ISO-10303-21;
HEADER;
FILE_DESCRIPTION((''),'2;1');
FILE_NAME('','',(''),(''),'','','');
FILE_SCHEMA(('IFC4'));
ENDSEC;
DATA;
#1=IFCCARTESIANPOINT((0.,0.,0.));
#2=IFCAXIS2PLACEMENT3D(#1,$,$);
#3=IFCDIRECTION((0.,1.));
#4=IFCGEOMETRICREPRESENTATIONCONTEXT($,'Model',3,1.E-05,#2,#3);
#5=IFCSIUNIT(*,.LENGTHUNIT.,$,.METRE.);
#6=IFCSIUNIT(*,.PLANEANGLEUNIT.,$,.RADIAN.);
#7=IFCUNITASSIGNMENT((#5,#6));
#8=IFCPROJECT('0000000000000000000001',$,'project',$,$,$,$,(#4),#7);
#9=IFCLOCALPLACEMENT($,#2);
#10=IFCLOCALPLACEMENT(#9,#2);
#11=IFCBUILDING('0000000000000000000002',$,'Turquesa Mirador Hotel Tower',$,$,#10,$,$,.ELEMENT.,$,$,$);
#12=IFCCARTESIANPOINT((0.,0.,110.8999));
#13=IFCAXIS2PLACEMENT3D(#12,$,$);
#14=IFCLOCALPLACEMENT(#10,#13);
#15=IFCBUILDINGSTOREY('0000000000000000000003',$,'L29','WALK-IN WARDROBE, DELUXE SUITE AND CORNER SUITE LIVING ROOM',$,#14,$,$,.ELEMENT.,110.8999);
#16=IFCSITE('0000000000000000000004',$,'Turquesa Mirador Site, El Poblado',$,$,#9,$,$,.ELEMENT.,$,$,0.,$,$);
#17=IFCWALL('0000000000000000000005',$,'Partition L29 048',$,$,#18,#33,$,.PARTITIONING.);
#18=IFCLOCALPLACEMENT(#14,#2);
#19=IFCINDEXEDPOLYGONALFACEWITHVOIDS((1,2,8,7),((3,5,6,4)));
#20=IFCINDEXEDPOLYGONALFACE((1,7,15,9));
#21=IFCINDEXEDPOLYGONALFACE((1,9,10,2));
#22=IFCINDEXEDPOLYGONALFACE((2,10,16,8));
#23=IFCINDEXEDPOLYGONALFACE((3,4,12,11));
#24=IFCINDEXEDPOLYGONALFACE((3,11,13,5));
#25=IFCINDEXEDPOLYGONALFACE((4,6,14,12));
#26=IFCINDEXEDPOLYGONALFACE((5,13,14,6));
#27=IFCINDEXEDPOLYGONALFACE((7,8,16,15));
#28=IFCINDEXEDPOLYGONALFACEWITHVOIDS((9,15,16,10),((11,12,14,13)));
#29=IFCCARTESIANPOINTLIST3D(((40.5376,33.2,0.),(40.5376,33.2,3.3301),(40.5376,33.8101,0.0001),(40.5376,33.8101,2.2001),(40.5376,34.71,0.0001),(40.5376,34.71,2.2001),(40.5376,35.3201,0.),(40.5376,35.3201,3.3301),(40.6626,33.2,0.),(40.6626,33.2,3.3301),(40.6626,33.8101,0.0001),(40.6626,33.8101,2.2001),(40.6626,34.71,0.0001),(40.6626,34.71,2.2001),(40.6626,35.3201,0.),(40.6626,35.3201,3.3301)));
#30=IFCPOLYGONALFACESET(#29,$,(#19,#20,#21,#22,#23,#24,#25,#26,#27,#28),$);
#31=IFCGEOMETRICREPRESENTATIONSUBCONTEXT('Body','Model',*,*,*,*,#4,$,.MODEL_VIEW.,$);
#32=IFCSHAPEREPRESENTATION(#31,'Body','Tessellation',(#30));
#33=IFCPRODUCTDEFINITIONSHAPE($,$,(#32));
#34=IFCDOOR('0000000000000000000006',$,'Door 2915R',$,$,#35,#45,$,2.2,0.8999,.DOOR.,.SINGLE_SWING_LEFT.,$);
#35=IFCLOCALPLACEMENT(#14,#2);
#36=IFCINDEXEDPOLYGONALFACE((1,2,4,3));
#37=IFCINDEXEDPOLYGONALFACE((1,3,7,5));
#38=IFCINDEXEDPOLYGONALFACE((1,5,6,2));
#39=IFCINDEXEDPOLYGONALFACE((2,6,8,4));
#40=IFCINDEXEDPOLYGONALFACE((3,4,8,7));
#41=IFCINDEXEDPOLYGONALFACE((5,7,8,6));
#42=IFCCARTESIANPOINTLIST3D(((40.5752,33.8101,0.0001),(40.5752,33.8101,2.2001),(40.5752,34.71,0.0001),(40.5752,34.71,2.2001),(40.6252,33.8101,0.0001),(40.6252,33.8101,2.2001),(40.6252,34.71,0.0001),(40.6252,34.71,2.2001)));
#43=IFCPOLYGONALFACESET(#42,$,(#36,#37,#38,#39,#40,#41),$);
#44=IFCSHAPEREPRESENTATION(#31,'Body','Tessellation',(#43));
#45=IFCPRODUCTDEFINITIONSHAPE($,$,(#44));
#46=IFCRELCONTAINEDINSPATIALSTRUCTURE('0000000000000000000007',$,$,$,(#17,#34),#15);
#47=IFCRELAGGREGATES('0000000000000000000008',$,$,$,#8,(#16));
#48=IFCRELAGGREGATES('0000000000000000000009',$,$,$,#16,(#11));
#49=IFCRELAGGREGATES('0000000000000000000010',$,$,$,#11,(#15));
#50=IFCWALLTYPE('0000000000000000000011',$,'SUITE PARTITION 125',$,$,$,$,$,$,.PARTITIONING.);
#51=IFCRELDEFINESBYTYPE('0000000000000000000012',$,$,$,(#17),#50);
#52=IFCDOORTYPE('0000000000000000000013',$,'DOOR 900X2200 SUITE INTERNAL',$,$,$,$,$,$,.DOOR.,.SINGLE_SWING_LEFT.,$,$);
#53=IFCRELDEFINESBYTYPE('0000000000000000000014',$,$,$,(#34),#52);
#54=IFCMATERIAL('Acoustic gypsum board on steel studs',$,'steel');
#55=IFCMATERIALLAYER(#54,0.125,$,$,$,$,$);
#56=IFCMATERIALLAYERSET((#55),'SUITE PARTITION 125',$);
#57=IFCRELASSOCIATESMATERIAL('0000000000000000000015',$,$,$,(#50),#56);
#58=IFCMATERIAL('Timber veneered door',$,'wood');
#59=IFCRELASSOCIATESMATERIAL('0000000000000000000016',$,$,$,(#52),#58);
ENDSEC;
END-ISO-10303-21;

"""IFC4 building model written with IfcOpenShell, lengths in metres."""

from ifc_helpers import new_model, si_unit, direction, frame, frame_2d, origin, place, context, subcontext, project, spatial, rectangle, extrude, material, layer, layer_set, type_object, element, fill, save


model = new_model("IFC4")

# Units and contexts
model_context = context("Model", 3, precision=1e-05, world=origin(), true_north=direction((0.0, 1.0)))
body_context = subcontext(model_context, "Body", "Model", "MODEL_VIEW")
ifc_project = project(units=[si_unit("LENGTHUNIT", "METRE"), si_unit("PLANEANGLEUNIT", "RADIAN")], contexts=[model_context])

# Site, building, storey
site_placement = place(None, origin())
site = spatial("IfcSite", under=ifc_project, at=site_placement, Name="Turquesa Mirador Site, El Poblado", CompositionType="ELEMENT", RefElevation=0.0)
building_placement = place(site_placement, origin())
building = spatial("IfcBuilding", under=site, at=building_placement, Name="Turquesa Mirador Hotel Tower", CompositionType="ELEMENT")
storey_placement = place(building_placement, frame((0.0, 0.0, 110.8999)))
storey = spatial("IfcBuildingStorey", under=building, at=storey_placement, Name="L29", Description="WALK-IN WARDROBE, DELUXE SUITE AND CORNER SUITE LIVING ROOM", CompositionType="ELEMENT", Elevation=110.8999)

# Wall, opening, door
ifc_material_1 = material(Name="Acoustic gypsum board on steel studs", Category="steel")
ifc_layer_1 = layer(ifc_material_1, 0.125)
ifc_layer_set_1 = layer_set([ifc_layer_1], Name="SUITE PARTITION 125")
wall_type_1 = type_object("IfcWallType", Name="SUITE PARTITION 125", PredefinedType="PARTITIONING", material=ifc_layer_set_1)
wall_1_placement = place(storey_placement, frame((40.6001, 33.2, 0.0), z_axis=(0.0, 0.0, 1.0), x_axis=(0.0, 1.0, 0.0)))
wall_1 = element("IfcWall", 1, at=wall_1_placement, inside=storey, type_object=wall_type_1, Name="Partition L29 048", PredefinedType="PARTITIONING", context=body_context, shape_type="SweptSolid", body=[
    extrude(rectangle(XDim=2.1201, YDim=0.125, at=frame_2d((1.0601, 0.0))), origin(), (0.0, 0.0, 1.0), 3.3301),
])
opening_1_placement = place(wall_1_placement, frame((0.6101, 0.0, 0.0)))
opening_1 = element("IfcOpeningElement", 2, at=opening_1_placement, cuts=wall_1, PredefinedType="OPENING", context=body_context, shape_type="SweptSolid", body=[
    extrude(rectangle(XDim=0.8999, YDim=2.2, at=frame_2d((0.45, 1.1001))), frame((0.0, 0.0725, 0.0), z_axis=(0.0, -1.0, 0.0), x_axis=(1.0, 0.0, 0.0)), (0.0, 0.0, 1.0), 0.145),
])
ifc_material_2 = material(Name="Timber veneered door", Category="wood")
door_type_1 = type_object("IfcDoorType", Name="DOOR 900X2200 SUITE INTERNAL", OperationType="SINGLE_SWING_LEFT", PredefinedType="DOOR", material=ifc_material_2)
door_1_placement = place(opening_1_placement, origin())
door_1 = element("IfcDoor", 3, at=door_1_placement, inside=storey, type_object=door_type_1, Name="Door 2915R", OperationType="SINGLE_SWING_LEFT", OverallHeight=2.2, OverallWidth=0.8999, PredefinedType="DOOR", context=body_context, shape_type="SweptSolid", body=[
    extrude(rectangle(XDim=0.8999, YDim=2.2, at=frame_2d((0.45, 1.1001))), frame((0.0, 0.0249, 0.0), z_axis=(0.0, -1.0, 0.0), x_axis=(1.0, 0.0, 0.0)), (0.0, 0.0, 1.0), 0.05),
])
fill(opening_1, door_1)

save(model, "model.ifc")
